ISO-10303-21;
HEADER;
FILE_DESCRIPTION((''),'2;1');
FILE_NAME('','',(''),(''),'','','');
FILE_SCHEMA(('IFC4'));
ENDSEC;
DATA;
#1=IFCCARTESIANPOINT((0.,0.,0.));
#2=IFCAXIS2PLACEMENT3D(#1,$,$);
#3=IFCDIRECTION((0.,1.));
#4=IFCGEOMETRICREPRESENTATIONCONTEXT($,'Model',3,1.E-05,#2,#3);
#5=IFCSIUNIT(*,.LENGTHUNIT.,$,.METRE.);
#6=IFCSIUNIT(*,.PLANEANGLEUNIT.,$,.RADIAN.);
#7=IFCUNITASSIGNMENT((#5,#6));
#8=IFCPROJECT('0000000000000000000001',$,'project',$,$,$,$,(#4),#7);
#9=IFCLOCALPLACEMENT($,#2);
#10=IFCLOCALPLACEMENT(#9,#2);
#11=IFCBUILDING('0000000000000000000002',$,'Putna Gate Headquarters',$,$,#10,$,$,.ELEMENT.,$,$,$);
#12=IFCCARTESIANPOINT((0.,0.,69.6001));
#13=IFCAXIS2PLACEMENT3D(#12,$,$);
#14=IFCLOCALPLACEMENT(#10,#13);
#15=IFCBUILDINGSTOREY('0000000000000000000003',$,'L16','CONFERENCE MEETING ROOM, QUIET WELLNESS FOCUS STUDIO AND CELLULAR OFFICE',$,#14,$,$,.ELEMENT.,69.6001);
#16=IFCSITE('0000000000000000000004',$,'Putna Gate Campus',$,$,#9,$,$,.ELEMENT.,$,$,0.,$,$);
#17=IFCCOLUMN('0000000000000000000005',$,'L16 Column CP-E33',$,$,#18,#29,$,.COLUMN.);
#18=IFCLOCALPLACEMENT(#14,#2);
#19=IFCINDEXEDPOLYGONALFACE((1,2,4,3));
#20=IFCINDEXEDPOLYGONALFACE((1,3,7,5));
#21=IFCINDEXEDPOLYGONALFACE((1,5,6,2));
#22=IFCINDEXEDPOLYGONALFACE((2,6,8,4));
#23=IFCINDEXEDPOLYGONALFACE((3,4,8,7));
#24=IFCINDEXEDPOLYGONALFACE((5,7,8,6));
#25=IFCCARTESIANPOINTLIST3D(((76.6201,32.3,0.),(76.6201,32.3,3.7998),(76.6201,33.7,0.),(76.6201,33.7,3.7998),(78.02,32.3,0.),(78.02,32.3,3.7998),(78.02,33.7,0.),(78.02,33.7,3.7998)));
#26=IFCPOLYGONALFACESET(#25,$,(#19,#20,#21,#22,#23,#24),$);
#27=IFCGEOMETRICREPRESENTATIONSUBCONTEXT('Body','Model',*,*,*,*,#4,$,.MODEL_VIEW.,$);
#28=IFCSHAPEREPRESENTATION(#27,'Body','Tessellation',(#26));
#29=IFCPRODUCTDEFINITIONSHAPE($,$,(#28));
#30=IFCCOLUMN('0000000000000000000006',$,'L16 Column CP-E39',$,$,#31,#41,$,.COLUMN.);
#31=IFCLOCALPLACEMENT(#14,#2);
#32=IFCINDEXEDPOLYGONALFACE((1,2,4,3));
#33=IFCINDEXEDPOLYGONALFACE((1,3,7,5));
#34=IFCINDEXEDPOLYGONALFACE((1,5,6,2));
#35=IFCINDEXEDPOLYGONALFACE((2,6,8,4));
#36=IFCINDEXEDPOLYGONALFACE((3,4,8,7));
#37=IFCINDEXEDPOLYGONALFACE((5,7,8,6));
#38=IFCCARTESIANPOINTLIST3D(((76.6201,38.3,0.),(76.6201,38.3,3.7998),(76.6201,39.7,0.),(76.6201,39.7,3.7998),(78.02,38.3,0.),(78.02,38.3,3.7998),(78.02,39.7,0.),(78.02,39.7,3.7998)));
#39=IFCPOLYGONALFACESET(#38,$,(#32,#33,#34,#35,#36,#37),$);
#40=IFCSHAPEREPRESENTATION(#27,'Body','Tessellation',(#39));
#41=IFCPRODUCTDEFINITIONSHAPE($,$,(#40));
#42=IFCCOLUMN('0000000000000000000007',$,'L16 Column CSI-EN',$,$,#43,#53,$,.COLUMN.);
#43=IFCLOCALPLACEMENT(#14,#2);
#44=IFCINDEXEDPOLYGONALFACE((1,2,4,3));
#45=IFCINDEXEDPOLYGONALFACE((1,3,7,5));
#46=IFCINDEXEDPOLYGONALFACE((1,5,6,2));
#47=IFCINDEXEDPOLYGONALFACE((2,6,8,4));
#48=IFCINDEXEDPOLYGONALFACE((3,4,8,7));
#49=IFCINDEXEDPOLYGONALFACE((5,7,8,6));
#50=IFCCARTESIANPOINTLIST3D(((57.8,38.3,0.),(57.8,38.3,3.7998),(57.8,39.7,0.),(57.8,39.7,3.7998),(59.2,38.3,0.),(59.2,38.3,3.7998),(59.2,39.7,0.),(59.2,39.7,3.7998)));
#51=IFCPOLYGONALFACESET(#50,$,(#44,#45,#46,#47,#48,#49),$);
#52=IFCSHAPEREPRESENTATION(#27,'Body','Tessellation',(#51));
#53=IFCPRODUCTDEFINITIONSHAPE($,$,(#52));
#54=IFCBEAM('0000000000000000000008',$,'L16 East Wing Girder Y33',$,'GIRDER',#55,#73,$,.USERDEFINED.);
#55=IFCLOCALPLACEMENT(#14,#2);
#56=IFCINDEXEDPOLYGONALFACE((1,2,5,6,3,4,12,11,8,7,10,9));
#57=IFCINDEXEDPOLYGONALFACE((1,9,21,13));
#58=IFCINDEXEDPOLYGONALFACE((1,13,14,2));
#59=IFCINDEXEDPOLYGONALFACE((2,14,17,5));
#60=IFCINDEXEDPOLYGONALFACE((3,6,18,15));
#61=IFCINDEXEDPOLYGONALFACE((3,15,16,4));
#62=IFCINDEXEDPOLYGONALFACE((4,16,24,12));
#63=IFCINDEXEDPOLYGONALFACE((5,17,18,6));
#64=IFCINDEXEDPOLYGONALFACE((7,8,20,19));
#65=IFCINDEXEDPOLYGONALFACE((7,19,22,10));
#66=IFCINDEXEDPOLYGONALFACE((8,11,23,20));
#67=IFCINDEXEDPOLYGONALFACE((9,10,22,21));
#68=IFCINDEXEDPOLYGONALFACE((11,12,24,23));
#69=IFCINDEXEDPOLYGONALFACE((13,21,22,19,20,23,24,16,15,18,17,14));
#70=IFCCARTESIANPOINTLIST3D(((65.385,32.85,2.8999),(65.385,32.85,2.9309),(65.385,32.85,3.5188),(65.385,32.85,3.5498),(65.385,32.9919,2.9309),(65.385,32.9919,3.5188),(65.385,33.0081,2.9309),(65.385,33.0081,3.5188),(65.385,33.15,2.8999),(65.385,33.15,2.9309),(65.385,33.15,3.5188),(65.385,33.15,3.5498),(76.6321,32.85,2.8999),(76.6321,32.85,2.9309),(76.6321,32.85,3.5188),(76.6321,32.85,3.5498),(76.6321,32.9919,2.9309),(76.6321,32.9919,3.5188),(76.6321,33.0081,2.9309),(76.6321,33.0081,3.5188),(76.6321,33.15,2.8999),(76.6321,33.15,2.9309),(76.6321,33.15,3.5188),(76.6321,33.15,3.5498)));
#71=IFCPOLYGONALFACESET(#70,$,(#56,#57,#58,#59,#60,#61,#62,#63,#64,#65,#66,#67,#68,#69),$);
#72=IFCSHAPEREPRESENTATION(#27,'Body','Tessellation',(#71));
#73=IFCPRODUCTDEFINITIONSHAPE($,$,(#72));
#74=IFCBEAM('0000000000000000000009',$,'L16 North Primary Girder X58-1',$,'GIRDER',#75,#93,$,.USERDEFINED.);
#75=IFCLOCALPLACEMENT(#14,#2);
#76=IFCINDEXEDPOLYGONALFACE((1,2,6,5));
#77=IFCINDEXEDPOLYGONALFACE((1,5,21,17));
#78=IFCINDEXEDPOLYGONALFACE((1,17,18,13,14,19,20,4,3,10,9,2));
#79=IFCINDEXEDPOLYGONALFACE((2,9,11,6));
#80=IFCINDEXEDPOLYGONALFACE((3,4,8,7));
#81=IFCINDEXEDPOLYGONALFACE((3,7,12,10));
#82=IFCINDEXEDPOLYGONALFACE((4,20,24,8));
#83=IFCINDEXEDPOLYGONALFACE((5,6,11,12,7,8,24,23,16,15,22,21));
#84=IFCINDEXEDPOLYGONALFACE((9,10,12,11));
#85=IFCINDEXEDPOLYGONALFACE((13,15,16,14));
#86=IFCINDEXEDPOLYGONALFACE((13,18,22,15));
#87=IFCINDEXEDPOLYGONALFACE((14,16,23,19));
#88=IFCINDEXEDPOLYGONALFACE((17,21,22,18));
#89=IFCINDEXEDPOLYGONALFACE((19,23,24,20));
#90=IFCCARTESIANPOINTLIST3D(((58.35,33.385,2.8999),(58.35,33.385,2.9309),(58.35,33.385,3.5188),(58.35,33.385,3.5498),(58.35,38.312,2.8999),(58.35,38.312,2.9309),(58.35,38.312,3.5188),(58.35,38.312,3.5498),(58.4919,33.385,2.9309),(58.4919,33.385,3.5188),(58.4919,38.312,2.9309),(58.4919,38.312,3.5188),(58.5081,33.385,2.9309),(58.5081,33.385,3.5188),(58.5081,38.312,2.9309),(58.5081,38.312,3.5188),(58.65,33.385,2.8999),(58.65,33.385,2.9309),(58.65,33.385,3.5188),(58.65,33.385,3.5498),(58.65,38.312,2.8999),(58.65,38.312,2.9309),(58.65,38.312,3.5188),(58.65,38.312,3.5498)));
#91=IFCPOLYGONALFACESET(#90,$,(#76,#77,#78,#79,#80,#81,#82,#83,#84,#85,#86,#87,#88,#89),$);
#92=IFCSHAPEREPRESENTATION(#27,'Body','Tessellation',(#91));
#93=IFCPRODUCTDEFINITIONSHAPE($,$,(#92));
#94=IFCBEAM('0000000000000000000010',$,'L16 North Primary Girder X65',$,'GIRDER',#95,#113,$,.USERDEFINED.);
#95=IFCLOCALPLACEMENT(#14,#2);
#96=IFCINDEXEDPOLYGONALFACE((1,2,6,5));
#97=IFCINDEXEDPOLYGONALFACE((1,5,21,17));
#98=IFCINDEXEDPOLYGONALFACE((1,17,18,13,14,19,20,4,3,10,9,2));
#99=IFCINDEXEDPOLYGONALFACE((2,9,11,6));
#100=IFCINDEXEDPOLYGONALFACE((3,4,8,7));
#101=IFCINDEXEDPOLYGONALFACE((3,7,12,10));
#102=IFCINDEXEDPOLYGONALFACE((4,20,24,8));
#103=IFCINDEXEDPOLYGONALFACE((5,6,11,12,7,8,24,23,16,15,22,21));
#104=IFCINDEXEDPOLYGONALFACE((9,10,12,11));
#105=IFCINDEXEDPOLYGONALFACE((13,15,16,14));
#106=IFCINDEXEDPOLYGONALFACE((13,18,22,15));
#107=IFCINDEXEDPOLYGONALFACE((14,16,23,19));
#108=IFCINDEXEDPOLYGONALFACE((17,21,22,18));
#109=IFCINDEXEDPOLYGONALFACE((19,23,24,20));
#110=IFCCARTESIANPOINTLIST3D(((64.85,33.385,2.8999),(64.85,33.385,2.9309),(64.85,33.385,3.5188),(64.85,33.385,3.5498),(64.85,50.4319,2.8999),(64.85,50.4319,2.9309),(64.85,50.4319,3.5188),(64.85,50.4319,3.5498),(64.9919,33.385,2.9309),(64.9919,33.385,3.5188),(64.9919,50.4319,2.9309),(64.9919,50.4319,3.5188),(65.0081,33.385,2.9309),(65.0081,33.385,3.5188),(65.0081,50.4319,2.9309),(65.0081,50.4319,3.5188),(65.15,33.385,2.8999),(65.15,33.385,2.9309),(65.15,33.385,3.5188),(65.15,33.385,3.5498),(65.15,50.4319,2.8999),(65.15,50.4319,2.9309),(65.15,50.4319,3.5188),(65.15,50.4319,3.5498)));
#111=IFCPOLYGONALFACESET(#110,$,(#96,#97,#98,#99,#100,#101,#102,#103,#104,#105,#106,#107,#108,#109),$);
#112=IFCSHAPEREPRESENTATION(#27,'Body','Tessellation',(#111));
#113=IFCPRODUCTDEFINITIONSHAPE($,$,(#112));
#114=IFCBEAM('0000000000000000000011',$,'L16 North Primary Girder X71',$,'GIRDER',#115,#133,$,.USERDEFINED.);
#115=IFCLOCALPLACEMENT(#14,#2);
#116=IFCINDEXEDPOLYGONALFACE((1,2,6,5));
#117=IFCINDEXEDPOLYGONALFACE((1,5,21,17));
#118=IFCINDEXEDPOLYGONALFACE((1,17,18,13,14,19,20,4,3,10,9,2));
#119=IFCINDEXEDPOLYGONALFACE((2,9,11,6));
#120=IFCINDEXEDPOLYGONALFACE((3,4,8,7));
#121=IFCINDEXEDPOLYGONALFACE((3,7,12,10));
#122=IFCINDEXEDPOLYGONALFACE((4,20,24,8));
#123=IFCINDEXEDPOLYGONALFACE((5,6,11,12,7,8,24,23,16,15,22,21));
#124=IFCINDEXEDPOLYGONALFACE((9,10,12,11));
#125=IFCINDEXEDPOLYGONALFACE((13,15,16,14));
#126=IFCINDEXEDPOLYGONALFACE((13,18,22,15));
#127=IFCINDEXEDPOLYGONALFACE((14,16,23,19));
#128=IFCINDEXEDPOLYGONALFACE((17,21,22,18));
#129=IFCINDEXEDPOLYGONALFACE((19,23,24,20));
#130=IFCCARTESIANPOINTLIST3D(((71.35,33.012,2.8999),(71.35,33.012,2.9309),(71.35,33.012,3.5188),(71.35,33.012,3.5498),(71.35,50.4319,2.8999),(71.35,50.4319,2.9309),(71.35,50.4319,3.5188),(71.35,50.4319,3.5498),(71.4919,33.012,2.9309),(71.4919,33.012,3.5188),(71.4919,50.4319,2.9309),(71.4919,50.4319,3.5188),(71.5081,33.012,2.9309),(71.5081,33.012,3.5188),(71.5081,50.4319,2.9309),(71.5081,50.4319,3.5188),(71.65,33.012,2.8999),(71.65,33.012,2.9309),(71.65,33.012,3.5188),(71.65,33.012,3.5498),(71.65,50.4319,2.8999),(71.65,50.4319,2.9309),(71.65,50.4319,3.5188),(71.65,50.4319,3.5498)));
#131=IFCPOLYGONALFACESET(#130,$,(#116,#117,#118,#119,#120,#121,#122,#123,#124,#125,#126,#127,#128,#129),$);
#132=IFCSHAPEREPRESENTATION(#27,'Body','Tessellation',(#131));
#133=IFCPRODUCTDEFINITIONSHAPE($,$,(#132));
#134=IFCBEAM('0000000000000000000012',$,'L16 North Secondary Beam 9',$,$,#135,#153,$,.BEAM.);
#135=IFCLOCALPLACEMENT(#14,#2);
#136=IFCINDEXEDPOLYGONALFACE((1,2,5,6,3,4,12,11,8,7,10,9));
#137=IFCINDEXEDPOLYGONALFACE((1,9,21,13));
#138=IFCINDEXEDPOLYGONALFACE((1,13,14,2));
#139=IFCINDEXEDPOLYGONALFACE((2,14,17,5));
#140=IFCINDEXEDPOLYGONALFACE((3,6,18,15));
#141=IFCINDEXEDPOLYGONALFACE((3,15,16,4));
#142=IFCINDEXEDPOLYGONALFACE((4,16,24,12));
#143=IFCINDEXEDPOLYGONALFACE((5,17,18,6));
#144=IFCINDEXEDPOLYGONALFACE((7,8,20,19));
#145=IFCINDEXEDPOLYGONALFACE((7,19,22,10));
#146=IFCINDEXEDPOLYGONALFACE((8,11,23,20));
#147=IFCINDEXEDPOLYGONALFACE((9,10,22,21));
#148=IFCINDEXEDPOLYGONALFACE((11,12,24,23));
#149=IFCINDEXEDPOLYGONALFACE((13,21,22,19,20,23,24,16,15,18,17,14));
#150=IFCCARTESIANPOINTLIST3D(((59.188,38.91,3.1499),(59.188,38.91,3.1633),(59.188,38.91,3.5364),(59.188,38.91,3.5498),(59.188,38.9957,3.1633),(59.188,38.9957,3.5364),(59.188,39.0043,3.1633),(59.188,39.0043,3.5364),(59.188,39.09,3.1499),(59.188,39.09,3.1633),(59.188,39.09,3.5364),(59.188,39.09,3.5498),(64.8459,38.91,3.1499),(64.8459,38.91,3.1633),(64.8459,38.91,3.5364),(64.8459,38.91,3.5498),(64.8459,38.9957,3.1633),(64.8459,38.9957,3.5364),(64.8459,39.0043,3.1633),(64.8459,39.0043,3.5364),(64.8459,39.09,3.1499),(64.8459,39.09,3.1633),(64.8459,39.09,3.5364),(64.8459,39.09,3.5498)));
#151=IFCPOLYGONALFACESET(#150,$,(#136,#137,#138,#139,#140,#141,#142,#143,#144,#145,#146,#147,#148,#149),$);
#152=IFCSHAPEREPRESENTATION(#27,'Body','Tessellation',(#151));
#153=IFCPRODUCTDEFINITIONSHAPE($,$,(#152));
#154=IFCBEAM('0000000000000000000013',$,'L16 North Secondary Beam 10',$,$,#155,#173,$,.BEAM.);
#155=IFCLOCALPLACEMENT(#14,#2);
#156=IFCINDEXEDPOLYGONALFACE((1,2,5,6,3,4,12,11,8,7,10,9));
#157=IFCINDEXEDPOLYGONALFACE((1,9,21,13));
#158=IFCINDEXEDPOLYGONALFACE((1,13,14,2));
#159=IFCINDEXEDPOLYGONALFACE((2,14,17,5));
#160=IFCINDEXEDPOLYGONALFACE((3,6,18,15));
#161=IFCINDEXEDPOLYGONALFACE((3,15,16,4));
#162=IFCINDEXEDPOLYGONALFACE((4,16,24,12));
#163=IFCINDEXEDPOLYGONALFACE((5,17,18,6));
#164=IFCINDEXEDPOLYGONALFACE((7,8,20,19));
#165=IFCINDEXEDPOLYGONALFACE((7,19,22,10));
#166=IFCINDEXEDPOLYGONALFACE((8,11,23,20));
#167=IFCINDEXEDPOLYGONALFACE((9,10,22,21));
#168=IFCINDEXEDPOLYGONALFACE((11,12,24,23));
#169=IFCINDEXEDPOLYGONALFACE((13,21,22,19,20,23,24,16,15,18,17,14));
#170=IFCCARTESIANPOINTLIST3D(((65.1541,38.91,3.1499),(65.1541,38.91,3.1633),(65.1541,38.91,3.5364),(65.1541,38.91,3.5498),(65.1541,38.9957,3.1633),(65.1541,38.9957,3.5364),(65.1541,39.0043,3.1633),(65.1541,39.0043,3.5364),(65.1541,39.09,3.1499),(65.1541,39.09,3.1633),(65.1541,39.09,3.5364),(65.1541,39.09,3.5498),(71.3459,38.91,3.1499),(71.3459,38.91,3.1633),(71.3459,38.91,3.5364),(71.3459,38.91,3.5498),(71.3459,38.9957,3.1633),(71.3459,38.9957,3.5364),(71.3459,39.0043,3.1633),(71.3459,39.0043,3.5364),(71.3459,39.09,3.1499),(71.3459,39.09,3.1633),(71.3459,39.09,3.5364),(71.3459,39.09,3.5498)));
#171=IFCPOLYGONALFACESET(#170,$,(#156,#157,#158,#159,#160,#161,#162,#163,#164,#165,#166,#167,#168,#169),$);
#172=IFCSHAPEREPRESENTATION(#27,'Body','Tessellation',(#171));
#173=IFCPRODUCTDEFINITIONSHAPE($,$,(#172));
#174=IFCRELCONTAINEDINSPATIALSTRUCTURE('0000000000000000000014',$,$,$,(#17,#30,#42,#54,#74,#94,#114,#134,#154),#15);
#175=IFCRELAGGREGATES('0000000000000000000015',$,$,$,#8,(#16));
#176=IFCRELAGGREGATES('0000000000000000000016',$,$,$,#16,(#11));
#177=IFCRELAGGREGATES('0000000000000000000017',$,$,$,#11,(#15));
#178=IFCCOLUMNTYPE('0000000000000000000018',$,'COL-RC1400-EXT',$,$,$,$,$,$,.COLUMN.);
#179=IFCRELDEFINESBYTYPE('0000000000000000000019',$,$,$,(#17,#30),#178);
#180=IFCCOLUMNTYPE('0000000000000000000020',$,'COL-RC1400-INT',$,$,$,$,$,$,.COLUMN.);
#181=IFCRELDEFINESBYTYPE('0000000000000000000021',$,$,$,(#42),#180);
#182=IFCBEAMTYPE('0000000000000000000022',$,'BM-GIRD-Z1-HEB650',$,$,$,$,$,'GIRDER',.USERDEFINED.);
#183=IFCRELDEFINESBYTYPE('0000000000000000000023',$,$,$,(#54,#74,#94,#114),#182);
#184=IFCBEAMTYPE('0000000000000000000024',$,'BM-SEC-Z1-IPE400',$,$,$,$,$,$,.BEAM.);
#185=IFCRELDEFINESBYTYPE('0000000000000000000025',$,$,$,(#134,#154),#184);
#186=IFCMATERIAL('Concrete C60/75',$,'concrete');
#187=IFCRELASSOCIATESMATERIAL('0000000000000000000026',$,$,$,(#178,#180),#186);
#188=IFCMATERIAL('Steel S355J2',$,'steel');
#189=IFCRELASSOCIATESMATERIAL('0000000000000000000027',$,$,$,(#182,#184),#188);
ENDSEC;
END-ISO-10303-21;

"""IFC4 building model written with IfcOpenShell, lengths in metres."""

from ifc_helpers import new_model, si_unit, direction, frame, origin, origin_2d, place, context, subcontext, project, spatial, rectangle, i_section, extrude, material, material_profile, profile_set, type_object, element, save


model = new_model("IFC4")

# Units and contexts
model_context = context("Model", 3, precision=1e-05, world=origin(), true_north=direction((0.0, 1.0)))
body_context = subcontext(model_context, "Body", "Model", "MODEL_VIEW")
ifc_project = project(units=[si_unit("LENGTHUNIT", "METRE"), si_unit("PLANEANGLEUNIT", "RADIAN")], contexts=[model_context])

# Site, building, storey
site_placement = place(None, origin())
site = spatial("IfcSite", under=ifc_project, at=site_placement, Name="Putna Gate Campus", CompositionType="ELEMENT", RefElevation=0.0)
building_placement = place(site_placement, origin())
building = spatial("IfcBuilding", under=site, at=building_placement, Name="Putna Gate Headquarters", CompositionType="ELEMENT")
storey_placement = place(building_placement, frame((0.0, 0.0, 69.6001)))
storey = spatial("IfcBuildingStorey", under=building, at=storey_placement, Name="L16", Description="CONFERENCE MEETING ROOM, QUIET WELLNESS FOCUS STUDIO AND CELLULAR OFFICE", CompositionType="ELEMENT", Elevation=69.6001)

# Columns
ifc_material_1 = material(Name="Concrete C60/75", Category="concrete")
ifc_material_profile_1 = material_profile(ifc_material_1, rectangle(XDim=1.3999, YDim=1.3999, at=origin_2d()), Name="Concrete C60/75")
ifc_profile_set_1 = profile_set([ifc_material_profile_1], Name="Concrete C60/75")
column_type_1 = type_object("IfcColumnType", Name="COL-RC1400-EXT", PredefinedType="COLUMN", material=ifc_profile_set_1)
for number, where, z_axis, x_axis, name in (
    (1, (77.3201, 33.0, 0.0), (0.0, 0.0, 1.0), (1.0, 0.0, 0.0), "L16 Column CP-E33"),
    (2, (77.3201, 39.0, 0.0), (0.0, 0.0, 1.0), (1.0, 0.0, 0.0), "L16 Column CP-E39"),
):
    element("IfcColumn", number, at=place(storey_placement, frame(where, z_axis=z_axis, x_axis=x_axis)), inside=storey, type_object=column_type_1, Name=name, PredefinedType="COLUMN", context=body_context, shape_type="SweptSolid", body=[
        extrude(rectangle(XDim=1.3999, YDim=1.3999, at=origin_2d()), origin(), (0.0, 0.0, 1.0), 3.7998),
    ])
ifc_material_profile_2 = material_profile(ifc_material_1, rectangle(XDim=1.3999, YDim=1.3999, at=origin_2d()), Name="Concrete C60/75")
ifc_profile_set_2 = profile_set([ifc_material_profile_2], Name="Concrete C60/75")
column_type_2 = type_object("IfcColumnType", Name="COL-RC1400-INT", PredefinedType="COLUMN", material=ifc_profile_set_2)
column_placement = place(storey_placement, frame((58.5, 39.0, 0.0), z_axis=(0.0, 0.0, 1.0), x_axis=(1.0, 0.0, 0.0)))
element("IfcColumn", 3, at=column_placement, inside=storey, type_object=column_type_2, Name="L16 Column CSI-EN", PredefinedType="COLUMN", context=body_context, shape_type="SweptSolid", body=[
    extrude(rectangle(XDim=1.3999, YDim=1.3999, at=origin_2d()), origin(), (0.0, 0.0, 1.0), 3.7998),
])

# Beams
ifc_material_2 = material(Name="Steel S355J2", Category="steel")
ifc_material_profile_3 = material_profile(ifc_material_2, i_section(OverallWidth=0.3, OverallDepth=0.6499, WebThickness=0.0161, FlangeThickness=0.031, at=origin_2d()), Name="Steel S355J2")
ifc_profile_set_3 = profile_set([ifc_material_profile_3], Name="Steel S355J2")
beam_type_1 = type_object("IfcBeamType", Name="BM-GIRD-Z1-HEB650", ElementType="GIRDER", PredefinedType="USERDEFINED", material=ifc_profile_set_3)
beam_1_placement = place(storey_placement, frame((65.385, 33.0, 3.2249), z_axis=(1.0, 0.0, 0.0), x_axis=(0.0, 1.0, 0.0)))
element("IfcBeam", 4, at=beam_1_placement, inside=storey, type_object=beam_type_1, Name="L16 East Wing Girder Y33", ObjectType="GIRDER", PredefinedType="USERDEFINED", context=body_context, shape_type="SweptSolid", body=[
    extrude(i_section(OverallWidth=0.3, OverallDepth=0.6499, WebThickness=0.0161, FlangeThickness=0.031, at=origin_2d()), origin(), (0.0, 0.0, 1.0), 11.2471),
])
beam_2_placement = place(storey_placement, frame((58.5, 33.385, 3.2249), z_axis=(0.0, 1.0, 0.0), x_axis=(-1.0, 0.0, 0.0)))
element("IfcBeam", 5, at=beam_2_placement, inside=storey, type_object=beam_type_1, Name="L16 North Primary Girder X58-1", ObjectType="GIRDER", PredefinedType="USERDEFINED", context=body_context, shape_type="SweptSolid", body=[
    extrude(i_section(OverallWidth=0.3, OverallDepth=0.6499, WebThickness=0.0161, FlangeThickness=0.031, at=origin_2d()), origin(), (0.0, 0.0, 1.0), 4.927),
])
beam_3_placement = place(storey_placement, frame((65.0, 33.385, 3.2249), z_axis=(0.0, 1.0, 0.0), x_axis=(-1.0, 0.0, 0.0)))
element("IfcBeam", 6, at=beam_3_placement, inside=storey, type_object=beam_type_1, Name="L16 North Primary Girder X65", ObjectType="GIRDER", PredefinedType="USERDEFINED", context=body_context, shape_type="SweptSolid", body=[
    extrude(i_section(OverallWidth=0.3, OverallDepth=0.6499, WebThickness=0.0161, FlangeThickness=0.031, at=origin_2d()), origin(), (0.0, 0.0, 1.0), 17.0469),
])
beam_4_placement = place(storey_placement, frame((71.5, 33.012, 3.2249), z_axis=(0.0, 1.0, 0.0), x_axis=(-1.0, 0.0, 0.0)))
element("IfcBeam", 7, at=beam_4_placement, inside=storey, type_object=beam_type_1, Name="L16 North Primary Girder X71", ObjectType="GIRDER", PredefinedType="USERDEFINED", context=body_context, shape_type="SweptSolid", body=[
    extrude(i_section(OverallWidth=0.3, OverallDepth=0.6499, WebThickness=0.0161, FlangeThickness=0.031, at=origin_2d()), origin(), (0.0, 0.0, 1.0), 17.4199),
])
ifc_material_profile_4 = material_profile(ifc_material_2, i_section(OverallWidth=0.1799, OverallDepth=0.3999, WebThickness=0.0085, FlangeThickness=0.0134, at=origin_2d()), Name="Steel S355J2")
ifc_profile_set_4 = profile_set([ifc_material_profile_4], Name="Steel S355J2")
beam_type_2 = type_object("IfcBeamType", Name="BM-SEC-Z1-IPE400", PredefinedType="BEAM", material=ifc_profile_set_4)
beam_5_placement = place(storey_placement, frame((59.188, 39.0, 3.3499), z_axis=(1.0, 0.0, 0.0), x_axis=(0.0, 1.0, 0.0)))
element("IfcBeam", 8, at=beam_5_placement, inside=storey, type_object=beam_type_2, Name="L16 North Secondary Beam 9", PredefinedType="BEAM", context=body_context, shape_type="SweptSolid", body=[
    extrude(i_section(OverallWidth=0.1799, OverallDepth=0.3999, WebThickness=0.0085, FlangeThickness=0.0134, at=origin_2d()), origin(), (0.0, 0.0, 1.0), 5.658),
])
beam_6_placement = place(storey_placement, frame((65.1541, 39.0, 3.3499), z_axis=(1.0, 0.0, 0.0), x_axis=(0.0, 1.0, 0.0)))
element("IfcBeam", 9, at=beam_6_placement, inside=storey, type_object=beam_type_2, Name="L16 North Secondary Beam 10", PredefinedType="BEAM", context=body_context, shape_type="SweptSolid", body=[
    extrude(i_section(OverallWidth=0.1799, OverallDepth=0.3999, WebThickness=0.0085, FlangeThickness=0.0134, at=origin_2d()), origin(), (0.0, 0.0, 1.0), 6.1919),
])

save(model, "model.ifc")
